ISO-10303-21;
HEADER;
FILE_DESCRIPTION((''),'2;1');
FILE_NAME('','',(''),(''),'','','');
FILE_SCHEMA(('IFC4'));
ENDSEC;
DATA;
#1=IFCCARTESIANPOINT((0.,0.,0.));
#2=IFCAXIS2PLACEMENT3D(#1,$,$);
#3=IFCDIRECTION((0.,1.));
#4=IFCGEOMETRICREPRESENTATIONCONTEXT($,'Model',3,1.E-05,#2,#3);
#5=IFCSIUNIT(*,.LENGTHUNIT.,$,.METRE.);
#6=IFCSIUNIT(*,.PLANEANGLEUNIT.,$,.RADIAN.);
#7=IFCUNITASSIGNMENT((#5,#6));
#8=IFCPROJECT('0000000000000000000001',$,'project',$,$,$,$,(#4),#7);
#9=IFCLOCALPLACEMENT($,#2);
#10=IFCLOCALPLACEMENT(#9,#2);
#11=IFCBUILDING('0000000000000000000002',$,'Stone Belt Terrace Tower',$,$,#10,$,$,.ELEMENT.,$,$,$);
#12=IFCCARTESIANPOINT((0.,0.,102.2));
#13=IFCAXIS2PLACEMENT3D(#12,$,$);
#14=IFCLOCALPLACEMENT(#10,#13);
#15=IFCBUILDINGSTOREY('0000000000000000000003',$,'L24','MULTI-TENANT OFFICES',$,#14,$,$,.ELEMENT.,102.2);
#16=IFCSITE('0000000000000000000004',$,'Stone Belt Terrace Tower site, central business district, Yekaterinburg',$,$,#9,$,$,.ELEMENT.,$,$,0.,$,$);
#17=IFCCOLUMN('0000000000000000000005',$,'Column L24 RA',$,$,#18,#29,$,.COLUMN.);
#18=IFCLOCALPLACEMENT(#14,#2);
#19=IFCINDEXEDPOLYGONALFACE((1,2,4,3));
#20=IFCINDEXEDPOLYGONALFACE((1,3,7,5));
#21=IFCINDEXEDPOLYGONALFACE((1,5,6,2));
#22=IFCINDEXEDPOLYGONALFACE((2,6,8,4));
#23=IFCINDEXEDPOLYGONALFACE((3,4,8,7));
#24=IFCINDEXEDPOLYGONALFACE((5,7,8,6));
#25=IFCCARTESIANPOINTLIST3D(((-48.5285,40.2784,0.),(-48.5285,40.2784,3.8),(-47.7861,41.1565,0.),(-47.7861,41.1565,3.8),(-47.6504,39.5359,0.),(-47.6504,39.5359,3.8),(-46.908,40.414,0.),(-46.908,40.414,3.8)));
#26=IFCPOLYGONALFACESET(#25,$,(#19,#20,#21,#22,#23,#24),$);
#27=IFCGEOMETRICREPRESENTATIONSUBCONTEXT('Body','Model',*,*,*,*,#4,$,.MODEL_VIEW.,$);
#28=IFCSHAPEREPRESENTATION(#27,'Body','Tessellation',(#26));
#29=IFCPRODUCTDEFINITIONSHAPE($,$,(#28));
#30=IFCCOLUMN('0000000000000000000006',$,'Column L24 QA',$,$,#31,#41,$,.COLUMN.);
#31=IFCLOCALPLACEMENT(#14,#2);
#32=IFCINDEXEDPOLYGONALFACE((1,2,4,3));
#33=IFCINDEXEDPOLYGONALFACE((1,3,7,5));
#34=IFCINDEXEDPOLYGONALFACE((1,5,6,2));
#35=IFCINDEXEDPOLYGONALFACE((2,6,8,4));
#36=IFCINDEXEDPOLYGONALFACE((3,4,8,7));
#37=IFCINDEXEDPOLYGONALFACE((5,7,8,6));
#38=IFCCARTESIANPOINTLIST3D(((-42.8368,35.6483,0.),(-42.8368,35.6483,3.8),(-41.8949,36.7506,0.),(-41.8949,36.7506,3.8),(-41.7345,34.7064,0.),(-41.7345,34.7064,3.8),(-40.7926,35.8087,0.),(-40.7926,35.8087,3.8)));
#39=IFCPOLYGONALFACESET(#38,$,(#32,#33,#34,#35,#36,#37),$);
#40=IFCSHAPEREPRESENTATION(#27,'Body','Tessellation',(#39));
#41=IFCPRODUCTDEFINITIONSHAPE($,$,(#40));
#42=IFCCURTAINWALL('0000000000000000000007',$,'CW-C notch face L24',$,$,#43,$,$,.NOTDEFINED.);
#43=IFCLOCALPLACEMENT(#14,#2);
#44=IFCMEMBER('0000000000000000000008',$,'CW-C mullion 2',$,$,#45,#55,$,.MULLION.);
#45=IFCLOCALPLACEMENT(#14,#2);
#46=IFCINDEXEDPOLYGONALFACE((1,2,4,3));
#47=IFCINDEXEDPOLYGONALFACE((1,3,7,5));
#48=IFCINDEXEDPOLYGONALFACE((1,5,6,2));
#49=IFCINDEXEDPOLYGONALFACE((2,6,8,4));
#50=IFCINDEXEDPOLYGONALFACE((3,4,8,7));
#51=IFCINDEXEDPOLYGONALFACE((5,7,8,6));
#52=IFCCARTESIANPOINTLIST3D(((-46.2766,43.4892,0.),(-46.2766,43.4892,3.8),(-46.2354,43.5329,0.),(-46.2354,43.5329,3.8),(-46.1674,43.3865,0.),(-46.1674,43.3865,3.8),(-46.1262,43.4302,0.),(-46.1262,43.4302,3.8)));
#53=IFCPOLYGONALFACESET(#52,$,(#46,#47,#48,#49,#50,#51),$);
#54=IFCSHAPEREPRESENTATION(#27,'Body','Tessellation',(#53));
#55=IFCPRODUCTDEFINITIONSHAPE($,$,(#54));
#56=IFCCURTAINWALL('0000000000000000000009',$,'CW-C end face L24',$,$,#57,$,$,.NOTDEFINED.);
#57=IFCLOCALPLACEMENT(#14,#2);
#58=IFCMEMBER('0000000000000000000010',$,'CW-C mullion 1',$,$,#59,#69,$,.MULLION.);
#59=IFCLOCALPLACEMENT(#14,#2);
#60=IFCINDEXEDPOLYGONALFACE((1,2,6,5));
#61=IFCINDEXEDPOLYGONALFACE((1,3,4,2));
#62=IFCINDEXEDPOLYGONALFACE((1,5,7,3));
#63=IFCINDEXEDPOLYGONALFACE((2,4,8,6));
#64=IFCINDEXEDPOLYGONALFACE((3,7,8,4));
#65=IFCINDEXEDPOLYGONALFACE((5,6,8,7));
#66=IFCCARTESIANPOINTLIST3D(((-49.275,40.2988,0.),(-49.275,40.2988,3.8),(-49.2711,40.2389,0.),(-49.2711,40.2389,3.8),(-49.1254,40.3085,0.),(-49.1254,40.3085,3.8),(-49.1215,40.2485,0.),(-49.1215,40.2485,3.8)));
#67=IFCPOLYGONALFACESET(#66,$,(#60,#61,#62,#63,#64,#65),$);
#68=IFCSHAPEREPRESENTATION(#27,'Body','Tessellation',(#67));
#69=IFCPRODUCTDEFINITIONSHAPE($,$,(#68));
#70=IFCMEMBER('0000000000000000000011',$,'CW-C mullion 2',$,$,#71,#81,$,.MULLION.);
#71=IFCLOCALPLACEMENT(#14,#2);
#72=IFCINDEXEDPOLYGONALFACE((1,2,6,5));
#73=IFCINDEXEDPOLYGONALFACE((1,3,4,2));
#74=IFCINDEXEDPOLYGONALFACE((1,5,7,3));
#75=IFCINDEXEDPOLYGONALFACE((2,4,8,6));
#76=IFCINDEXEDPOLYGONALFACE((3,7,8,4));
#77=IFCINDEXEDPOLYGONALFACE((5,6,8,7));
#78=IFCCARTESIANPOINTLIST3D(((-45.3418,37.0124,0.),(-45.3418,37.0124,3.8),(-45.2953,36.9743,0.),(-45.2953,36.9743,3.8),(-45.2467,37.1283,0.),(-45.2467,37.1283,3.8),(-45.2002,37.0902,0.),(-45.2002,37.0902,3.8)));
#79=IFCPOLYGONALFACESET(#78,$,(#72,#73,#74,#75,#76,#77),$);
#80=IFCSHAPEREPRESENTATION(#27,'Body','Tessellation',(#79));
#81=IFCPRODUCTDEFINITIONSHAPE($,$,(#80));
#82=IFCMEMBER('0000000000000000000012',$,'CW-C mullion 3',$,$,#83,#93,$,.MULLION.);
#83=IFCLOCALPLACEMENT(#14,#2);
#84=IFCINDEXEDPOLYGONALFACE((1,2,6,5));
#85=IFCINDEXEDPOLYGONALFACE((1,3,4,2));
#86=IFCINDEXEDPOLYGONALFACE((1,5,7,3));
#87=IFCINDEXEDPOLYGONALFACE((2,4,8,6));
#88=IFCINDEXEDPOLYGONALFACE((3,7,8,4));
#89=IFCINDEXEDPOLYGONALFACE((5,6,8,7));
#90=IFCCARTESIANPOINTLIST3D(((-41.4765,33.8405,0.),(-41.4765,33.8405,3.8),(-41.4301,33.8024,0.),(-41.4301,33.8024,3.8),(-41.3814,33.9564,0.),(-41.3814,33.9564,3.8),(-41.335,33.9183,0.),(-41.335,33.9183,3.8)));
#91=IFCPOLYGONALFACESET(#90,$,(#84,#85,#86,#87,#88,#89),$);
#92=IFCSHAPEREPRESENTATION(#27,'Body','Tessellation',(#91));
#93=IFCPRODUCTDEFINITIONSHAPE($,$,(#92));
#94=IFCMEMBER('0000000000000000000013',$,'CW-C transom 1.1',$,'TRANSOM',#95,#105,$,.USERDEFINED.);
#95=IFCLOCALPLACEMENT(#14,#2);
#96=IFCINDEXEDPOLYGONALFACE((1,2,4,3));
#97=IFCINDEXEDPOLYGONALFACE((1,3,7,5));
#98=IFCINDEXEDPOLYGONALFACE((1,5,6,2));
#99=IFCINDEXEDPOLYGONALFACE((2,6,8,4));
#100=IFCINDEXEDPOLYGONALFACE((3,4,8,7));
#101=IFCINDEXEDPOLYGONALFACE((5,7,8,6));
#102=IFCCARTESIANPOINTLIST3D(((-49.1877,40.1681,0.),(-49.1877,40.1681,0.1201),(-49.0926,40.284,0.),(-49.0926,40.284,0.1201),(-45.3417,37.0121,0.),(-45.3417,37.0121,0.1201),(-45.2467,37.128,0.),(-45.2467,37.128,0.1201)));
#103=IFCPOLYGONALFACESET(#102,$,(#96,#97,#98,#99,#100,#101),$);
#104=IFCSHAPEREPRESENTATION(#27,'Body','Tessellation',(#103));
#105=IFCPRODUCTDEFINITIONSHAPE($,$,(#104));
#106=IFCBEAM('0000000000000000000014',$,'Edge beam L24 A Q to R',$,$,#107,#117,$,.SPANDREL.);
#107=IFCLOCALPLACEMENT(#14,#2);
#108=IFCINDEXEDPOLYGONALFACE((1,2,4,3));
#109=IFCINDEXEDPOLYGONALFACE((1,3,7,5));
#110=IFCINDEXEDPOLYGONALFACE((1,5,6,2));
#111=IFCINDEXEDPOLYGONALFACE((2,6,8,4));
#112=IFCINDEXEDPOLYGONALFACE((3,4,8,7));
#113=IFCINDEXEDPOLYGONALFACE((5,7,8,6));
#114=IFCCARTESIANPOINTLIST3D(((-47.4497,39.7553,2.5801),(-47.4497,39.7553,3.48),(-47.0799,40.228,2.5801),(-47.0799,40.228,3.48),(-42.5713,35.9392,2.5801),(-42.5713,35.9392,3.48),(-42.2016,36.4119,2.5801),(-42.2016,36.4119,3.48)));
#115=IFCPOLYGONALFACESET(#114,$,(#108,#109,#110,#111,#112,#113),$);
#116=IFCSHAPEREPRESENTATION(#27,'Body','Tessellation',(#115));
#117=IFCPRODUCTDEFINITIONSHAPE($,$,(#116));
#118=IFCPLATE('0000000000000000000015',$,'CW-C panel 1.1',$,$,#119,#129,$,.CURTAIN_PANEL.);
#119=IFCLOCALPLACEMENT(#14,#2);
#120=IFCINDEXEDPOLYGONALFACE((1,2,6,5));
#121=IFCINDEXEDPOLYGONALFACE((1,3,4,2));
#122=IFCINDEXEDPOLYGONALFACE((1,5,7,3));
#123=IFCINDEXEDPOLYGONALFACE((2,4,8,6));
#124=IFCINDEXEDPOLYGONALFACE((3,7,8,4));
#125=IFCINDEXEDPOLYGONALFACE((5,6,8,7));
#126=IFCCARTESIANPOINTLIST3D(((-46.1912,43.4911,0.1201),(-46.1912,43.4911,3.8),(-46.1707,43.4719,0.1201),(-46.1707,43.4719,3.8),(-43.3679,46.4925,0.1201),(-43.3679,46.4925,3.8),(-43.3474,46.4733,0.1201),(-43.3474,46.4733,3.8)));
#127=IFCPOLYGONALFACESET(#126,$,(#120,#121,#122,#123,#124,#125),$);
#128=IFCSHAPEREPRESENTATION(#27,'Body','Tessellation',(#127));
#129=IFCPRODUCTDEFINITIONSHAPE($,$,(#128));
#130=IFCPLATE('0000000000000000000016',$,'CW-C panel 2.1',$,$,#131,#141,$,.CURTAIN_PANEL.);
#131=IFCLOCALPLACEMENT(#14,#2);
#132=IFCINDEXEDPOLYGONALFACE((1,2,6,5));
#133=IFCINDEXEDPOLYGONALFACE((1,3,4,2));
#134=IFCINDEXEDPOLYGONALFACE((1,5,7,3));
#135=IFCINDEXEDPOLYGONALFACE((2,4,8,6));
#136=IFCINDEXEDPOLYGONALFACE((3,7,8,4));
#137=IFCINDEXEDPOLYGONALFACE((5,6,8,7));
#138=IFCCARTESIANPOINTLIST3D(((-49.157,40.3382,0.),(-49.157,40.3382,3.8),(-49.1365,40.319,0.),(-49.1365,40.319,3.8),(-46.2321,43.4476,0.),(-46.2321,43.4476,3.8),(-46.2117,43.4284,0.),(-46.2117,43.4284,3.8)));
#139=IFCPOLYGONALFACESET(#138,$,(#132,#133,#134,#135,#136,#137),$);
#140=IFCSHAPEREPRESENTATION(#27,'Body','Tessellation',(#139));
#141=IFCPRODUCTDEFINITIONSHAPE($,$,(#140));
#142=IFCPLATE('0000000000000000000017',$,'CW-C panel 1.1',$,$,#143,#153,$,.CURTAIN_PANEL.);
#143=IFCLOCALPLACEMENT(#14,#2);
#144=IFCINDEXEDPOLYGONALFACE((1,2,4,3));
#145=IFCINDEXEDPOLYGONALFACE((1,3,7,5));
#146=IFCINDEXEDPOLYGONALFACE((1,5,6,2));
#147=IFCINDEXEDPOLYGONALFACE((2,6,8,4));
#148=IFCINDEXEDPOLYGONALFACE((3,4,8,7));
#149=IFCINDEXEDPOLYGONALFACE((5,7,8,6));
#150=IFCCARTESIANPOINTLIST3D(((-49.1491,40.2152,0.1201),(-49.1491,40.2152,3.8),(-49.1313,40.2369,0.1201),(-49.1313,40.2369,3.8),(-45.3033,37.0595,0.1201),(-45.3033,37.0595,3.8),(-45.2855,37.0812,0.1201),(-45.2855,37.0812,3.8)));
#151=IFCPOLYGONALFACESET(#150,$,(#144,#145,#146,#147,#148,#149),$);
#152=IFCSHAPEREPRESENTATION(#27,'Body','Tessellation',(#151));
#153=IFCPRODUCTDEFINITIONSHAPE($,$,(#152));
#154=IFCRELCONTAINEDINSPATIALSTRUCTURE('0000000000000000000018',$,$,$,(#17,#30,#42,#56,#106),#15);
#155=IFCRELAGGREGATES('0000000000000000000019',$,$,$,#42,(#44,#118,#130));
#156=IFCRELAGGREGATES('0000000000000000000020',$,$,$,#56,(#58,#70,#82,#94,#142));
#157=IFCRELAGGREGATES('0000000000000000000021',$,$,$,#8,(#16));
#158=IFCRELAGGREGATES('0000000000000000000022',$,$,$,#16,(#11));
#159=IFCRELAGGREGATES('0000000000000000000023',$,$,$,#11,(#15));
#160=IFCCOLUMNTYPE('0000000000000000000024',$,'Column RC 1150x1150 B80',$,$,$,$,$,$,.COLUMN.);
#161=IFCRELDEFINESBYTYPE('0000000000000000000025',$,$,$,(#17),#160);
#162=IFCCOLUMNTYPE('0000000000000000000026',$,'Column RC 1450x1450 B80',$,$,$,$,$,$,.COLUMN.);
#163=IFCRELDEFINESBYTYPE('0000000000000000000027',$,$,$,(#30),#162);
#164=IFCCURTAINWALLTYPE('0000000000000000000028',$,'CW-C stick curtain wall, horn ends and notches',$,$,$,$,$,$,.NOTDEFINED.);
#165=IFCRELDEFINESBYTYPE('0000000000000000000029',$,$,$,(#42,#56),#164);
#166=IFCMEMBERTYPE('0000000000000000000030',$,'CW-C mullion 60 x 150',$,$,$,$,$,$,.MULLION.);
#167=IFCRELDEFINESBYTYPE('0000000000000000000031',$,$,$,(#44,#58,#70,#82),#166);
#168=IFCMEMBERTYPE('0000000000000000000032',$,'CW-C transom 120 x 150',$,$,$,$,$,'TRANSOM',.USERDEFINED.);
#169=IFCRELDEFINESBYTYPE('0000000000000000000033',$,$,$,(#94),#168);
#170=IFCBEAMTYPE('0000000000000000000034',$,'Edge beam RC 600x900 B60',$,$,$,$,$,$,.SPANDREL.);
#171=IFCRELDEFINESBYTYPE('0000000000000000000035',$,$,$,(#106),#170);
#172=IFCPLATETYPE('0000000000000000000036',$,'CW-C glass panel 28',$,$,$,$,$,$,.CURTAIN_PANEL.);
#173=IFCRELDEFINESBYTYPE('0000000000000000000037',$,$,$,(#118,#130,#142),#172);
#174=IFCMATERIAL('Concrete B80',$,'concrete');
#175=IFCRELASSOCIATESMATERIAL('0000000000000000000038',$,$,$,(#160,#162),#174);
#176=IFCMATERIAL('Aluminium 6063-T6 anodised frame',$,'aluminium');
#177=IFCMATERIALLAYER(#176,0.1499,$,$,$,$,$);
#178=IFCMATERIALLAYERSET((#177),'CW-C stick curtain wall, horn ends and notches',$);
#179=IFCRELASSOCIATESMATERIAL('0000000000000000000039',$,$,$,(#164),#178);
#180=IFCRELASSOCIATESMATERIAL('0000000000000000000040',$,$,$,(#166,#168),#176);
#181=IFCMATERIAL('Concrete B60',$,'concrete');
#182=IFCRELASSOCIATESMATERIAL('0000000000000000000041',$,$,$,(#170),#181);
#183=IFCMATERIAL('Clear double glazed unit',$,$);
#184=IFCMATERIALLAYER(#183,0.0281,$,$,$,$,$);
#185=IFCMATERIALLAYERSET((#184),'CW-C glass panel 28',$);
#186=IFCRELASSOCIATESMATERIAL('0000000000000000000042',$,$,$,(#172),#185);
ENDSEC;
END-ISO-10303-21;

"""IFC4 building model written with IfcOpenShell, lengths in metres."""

from ifc_helpers import new_model, si_unit, direction, frame, origin, origin_2d, place, context, subcontext, project, spatial, rectangle, extrude, material, layer, layer_set, material_profile, profile_set, type_object, element, aggregate, save


model = new_model("IFC4")

# Units and contexts
model_context = context("Model", 3, precision=1e-05, world=origin(), true_north=direction((0.0, 1.0)))
body_context = subcontext(model_context, "Body", "Model", "MODEL_VIEW")
ifc_project = project(units=[si_unit("LENGTHUNIT", "METRE"), si_unit("PLANEANGLEUNIT", "RADIAN")], contexts=[model_context])

# Site, building, storey
site_placement = place(None, origin())
site = spatial("IfcSite", under=ifc_project, at=site_placement, Name="Stone Belt Terrace Tower site, central business district, Yekaterinburg", CompositionType="ELEMENT", RefElevation=0.0)
building_placement = place(site_placement, origin())
building = spatial("IfcBuilding", under=site, at=building_placement, Name="Stone Belt Terrace Tower", CompositionType="ELEMENT")
storey_placement = place(building_placement, frame((0.0, 0.0, 102.2)))
storey = spatial("IfcBuildingStorey", under=building, at=storey_placement, Name="L24", Description="MULTI-TENANT OFFICES", CompositionType="ELEMENT", Elevation=102.2)

# Columns
ifc_material_1 = material(Name="Concrete B80", Category="concrete")
ifc_material_profile_1 = material_profile(ifc_material_1, rectangle(XDim=1.1499, YDim=1.1499, at=origin_2d()), Name="RC 1150x1150")
ifc_profile_set_1 = profile_set([ifc_material_profile_1], Name="Concrete B80")
column_type_1 = type_object("IfcColumnType", Name="Column RC 1150x1150 B80", PredefinedType="COLUMN", material=ifc_profile_set_1)
column_1_placement = place(storey_placement, frame((-47.7183, 40.3462, 0.0), z_axis=(0.0, 0.0, 1.0), x_axis=(0.645656, 0.763628, 0.0)))
element("IfcColumn", 1, at=column_1_placement, inside=storey, type_object=column_type_1, Name="Column L24 RA", PredefinedType="COLUMN", context=body_context, shape_type="SweptSolid", body=[
    extrude(rectangle(XDim=1.1499, YDim=1.1499, at=origin_2d()), origin(), (0.0, 0.0, 1.0), 3.8),
])
ifc_material_profile_2 = material_profile(ifc_material_1, rectangle(XDim=1.45, YDim=1.45, at=origin_2d()), Name="RC 1450x1450")
ifc_profile_set_2 = profile_set([ifc_material_profile_2], Name="Concrete B80")
column_type_2 = type_object("IfcColumnType", Name="Column RC 1450x1450 B80", PredefinedType="COLUMN", material=ifc_profile_set_2)
column_2_placement = place(storey_placement, frame((-41.8147, 35.7285, 0.0), z_axis=(0.0, 0.0, 1.0), x_axis=(0.649609, 0.760269, 0.0)))
element("IfcColumn", 2, at=column_2_placement, inside=storey, type_object=column_type_2, Name="Column L24 QA", PredefinedType="COLUMN", context=body_context, shape_type="SweptSolid", body=[
    extrude(rectangle(XDim=1.45, YDim=1.45, at=origin_2d()), origin(), (0.0, 0.0, 1.0), 3.8),
])

# Curtain wall, member
ifc_material_2 = material(Name="Aluminium 6063-T6 anodised frame", Category="aluminium")
ifc_layer_1 = layer(ifc_material_2, 0.1499)
ifc_layer_set_1 = layer_set([ifc_layer_1], Name="CW-C stick curtain wall, horn ends and notches")
curtain_wall_type = type_object("IfcCurtainWallType", Name="CW-C stick curtain wall, horn ends and notches", PredefinedType="NOTDEFINED", material=ifc_layer_set_1)
curtain_wall_1_placement = place(storey_placement, origin())
curtain_wall_1 = element("IfcCurtainWall", 3, at=curtain_wall_1_placement, inside=storey, type_object=curtain_wall_type, Name="CW-C notch face L24", PredefinedType="NOTDEFINED")
ifc_material_profile_3 = material_profile(ifc_material_2, rectangle(XDim=0.1499, YDim=0.0601, at=origin_2d()), Name="Aluminium 6063-T6 60x150")
ifc_profile_set_3 = profile_set([ifc_material_profile_3], Name="Aluminium 6063-T6 anodised frame")
member_type_1 = type_object("IfcMemberType", Name="CW-C mullion 60 x 150", PredefinedType="MULLION", material=ifc_profile_set_3)
member_1_placement = place(storey_placement, frame((-46.2014, 43.4597, 0.0), z_axis=(0.0, 0.0, 1.0), x_axis=(0.728389, -0.685164, 0.0)))
member_1 = element("IfcMember", 4, at=member_1_placement, type_object=member_type_1, Name="CW-C mullion 2", PredefinedType="MULLION", context=body_context, shape_type="SweptSolid", body=[
    extrude(rectangle(XDim=0.1499, YDim=0.0601, at=origin_2d()), origin(), (0.0, 0.0, 1.0), 3.8),
])

# Curtain wall, members
curtain_wall_2_placement = place(storey_placement, origin())
curtain_wall_2 = element("IfcCurtainWall", 5, at=curtain_wall_2_placement, inside=storey, type_object=curtain_wall_type, Name="CW-C end face L24", PredefinedType="NOTDEFINED")
member_2_placement = place(storey_placement, frame((-49.1982, 40.2737, 0.0), z_axis=(0.0, 0.0, 1.0), x_axis=(0.997927, 0.064359, 0.0)))
member_2 = element("IfcMember", 6, at=member_2_placement, type_object=member_type_1, Name="CW-C mullion 1", PredefinedType="MULLION", context=body_context, shape_type="SweptSolid", body=[
    extrude(rectangle(XDim=0.1499, YDim=0.0601, at=origin_2d()), origin(), (0.0, 0.0, 1.0), 3.8),
])
member_3_placement = place(storey_placement, frame((-45.271, 37.0513, 0.0), z_axis=(0.0, 0.0, 1.0), x_axis=(0.634344, 0.773051, 0.0)))
member_3 = element("IfcMember", 7, at=member_3_placement, type_object=member_type_1, Name="CW-C mullion 2", PredefinedType="MULLION", context=body_context, shape_type="SweptSolid", body=[
    extrude(rectangle(XDim=0.1499, YDim=0.0601, at=origin_2d()), origin(), (0.0, 0.0, 1.0), 3.8),
])
member_4_placement = place(storey_placement, frame((-41.4058, 33.8794, 0.0), z_axis=(0.0, 0.0, 1.0), x_axis=(0.634344, 0.773051, 0.0)))
member_4 = element("IfcMember", 8, at=member_4_placement, type_object=member_type_1, Name="CW-C mullion 3", PredefinedType="MULLION", context=body_context, shape_type="SweptSolid", body=[
    extrude(rectangle(XDim=0.1499, YDim=0.0601, at=origin_2d()), origin(), (0.0, 0.0, 1.0), 3.8),
])
ifc_material_profile_4 = material_profile(ifc_material_2, rectangle(XDim=0.1499, YDim=0.1201, at=origin_2d()), Name="Aluminium 6063-T6 150x120")
ifc_profile_set_4 = profile_set([ifc_material_profile_4], Name="Aluminium 6063-T6 anodised frame")
member_type_2 = type_object("IfcMemberType", Name="CW-C transom 120 x 150", ElementType="TRANSOM", PredefinedType="USERDEFINED", material=ifc_profile_set_4)
member_5_placement = place(storey_placement, frame((-49.1401, 40.2261, 0.0601), z_axis=(0.773038, -0.634359, 0.0), x_axis=(0.634359, 0.773038, 0.0)))
member_5 = element("IfcMember", 9, at=member_5_placement, type_object=member_type_2, Name="CW-C transom 1.1", ObjectType="TRANSOM", PredefinedType="USERDEFINED", context=body_context, shape_type="SweptSolid", body=[
    extrude(rectangle(XDim=0.1499, YDim=0.1201, at=origin_2d()), origin(), (0.0, 0.0, 1.0), 4.9751),
])

# Beam
ifc_material_3 = material(Name="Concrete B60", Category="concrete")
ifc_material_profile_5 = material_profile(ifc_material_3, rectangle(XDim=0.6001, YDim=0.8999, at=origin_2d()), Name="RC 600x900")
ifc_profile_set_5 = profile_set([ifc_material_profile_5], Name="Concrete B60")
beam_type = type_object("IfcBeamType", Name="Edge beam RC 600x900 B60", PredefinedType="SPANDREL", material=ifc_profile_set_5)
beam_placement = place(storey_placement, frame((-42.3865, 36.1755, 3.03), z_axis=(-0.787641, 0.616135, 0.0), x_axis=(-0.616135, -0.787641, 0.0)))
element("IfcBeam", 10, at=beam_placement, inside=storey, type_object=beam_type, Name="Edge beam L24 A Q to R", PredefinedType="SPANDREL", context=body_context, shape_type="SweptSolid", body=[
    extrude(rectangle(XDim=0.6001, YDim=0.8999, at=origin_2d()), origin(), (0.0, 0.0, 1.0), 6.1936),
])

# Plates
ifc_material_4 = material(Name="Clear double glazed unit")
ifc_layer_2 = layer(ifc_material_4, 0.0281)
ifc_layer_set_2 = layer_set([ifc_layer_2], Name="CW-C glass panel 28")
plate_type = type_object("IfcPlateType", Name="CW-C glass panel 28", PredefinedType="CURTAIN_PANEL", material=ifc_layer_set_2)
plate_1_placement = place(storey_placement, frame((-44.7693, 44.9822, 0.1201), z_axis=(0.0, 0.0, 1.0), x_axis=(-0.685164, -0.728389, 0.0)))
plate_1 = element("IfcPlate", 11, at=plate_1_placement, type_object=plate_type, Name="CW-C panel 1.1", PredefinedType="CURTAIN_PANEL", context=body_context, shape_type="SweptSolid", body=[
    extrude(rectangle(XDim=4.1206, YDim=0.0281, at=origin_2d()), origin(), (0.0, 0.0, 1.0), 3.6799),
])
plate_2_placement = place(storey_placement, frame((-47.6843, 41.8833, 0.0), z_axis=(0.0, 0.0, 1.0), x_axis=(-0.685164, -0.728389, 0.0)))
plate_2 = element("IfcPlate", 12, at=plate_2_placement, type_object=plate_type, Name="CW-C panel 2.1", PredefinedType="CURTAIN_PANEL", context=body_context, shape_type="SweptSolid", body=[
    extrude(rectangle(XDim=4.2688, YDim=0.0281, at=origin_2d()), origin(), (0.0, 0.0, 1.0), 3.8),
])
aggregate(curtain_wall_1, [member_1, plate_1, plate_2])
plate_3_placement = place(storey_placement, frame((-47.2173, 38.6482, 0.1201), z_axis=(0.0, 0.0, 1.0), x_axis=(0.773051, -0.634344, 0.0)))
plate_3 = element("IfcPlate", 13, at=plate_3_placement, type_object=plate_type, Name="CW-C panel 1.1", PredefinedType="CURTAIN_PANEL", context=body_context, shape_type="SweptSolid", body=[
    extrude(rectangle(XDim=4.9749, YDim=0.0281, at=origin_2d()), origin(), (0.0, 0.0, 1.0), 3.6799),
])
aggregate(curtain_wall_2, [member_2, member_3, member_4, member_5, plate_3])

save(model, "model.ifc")
